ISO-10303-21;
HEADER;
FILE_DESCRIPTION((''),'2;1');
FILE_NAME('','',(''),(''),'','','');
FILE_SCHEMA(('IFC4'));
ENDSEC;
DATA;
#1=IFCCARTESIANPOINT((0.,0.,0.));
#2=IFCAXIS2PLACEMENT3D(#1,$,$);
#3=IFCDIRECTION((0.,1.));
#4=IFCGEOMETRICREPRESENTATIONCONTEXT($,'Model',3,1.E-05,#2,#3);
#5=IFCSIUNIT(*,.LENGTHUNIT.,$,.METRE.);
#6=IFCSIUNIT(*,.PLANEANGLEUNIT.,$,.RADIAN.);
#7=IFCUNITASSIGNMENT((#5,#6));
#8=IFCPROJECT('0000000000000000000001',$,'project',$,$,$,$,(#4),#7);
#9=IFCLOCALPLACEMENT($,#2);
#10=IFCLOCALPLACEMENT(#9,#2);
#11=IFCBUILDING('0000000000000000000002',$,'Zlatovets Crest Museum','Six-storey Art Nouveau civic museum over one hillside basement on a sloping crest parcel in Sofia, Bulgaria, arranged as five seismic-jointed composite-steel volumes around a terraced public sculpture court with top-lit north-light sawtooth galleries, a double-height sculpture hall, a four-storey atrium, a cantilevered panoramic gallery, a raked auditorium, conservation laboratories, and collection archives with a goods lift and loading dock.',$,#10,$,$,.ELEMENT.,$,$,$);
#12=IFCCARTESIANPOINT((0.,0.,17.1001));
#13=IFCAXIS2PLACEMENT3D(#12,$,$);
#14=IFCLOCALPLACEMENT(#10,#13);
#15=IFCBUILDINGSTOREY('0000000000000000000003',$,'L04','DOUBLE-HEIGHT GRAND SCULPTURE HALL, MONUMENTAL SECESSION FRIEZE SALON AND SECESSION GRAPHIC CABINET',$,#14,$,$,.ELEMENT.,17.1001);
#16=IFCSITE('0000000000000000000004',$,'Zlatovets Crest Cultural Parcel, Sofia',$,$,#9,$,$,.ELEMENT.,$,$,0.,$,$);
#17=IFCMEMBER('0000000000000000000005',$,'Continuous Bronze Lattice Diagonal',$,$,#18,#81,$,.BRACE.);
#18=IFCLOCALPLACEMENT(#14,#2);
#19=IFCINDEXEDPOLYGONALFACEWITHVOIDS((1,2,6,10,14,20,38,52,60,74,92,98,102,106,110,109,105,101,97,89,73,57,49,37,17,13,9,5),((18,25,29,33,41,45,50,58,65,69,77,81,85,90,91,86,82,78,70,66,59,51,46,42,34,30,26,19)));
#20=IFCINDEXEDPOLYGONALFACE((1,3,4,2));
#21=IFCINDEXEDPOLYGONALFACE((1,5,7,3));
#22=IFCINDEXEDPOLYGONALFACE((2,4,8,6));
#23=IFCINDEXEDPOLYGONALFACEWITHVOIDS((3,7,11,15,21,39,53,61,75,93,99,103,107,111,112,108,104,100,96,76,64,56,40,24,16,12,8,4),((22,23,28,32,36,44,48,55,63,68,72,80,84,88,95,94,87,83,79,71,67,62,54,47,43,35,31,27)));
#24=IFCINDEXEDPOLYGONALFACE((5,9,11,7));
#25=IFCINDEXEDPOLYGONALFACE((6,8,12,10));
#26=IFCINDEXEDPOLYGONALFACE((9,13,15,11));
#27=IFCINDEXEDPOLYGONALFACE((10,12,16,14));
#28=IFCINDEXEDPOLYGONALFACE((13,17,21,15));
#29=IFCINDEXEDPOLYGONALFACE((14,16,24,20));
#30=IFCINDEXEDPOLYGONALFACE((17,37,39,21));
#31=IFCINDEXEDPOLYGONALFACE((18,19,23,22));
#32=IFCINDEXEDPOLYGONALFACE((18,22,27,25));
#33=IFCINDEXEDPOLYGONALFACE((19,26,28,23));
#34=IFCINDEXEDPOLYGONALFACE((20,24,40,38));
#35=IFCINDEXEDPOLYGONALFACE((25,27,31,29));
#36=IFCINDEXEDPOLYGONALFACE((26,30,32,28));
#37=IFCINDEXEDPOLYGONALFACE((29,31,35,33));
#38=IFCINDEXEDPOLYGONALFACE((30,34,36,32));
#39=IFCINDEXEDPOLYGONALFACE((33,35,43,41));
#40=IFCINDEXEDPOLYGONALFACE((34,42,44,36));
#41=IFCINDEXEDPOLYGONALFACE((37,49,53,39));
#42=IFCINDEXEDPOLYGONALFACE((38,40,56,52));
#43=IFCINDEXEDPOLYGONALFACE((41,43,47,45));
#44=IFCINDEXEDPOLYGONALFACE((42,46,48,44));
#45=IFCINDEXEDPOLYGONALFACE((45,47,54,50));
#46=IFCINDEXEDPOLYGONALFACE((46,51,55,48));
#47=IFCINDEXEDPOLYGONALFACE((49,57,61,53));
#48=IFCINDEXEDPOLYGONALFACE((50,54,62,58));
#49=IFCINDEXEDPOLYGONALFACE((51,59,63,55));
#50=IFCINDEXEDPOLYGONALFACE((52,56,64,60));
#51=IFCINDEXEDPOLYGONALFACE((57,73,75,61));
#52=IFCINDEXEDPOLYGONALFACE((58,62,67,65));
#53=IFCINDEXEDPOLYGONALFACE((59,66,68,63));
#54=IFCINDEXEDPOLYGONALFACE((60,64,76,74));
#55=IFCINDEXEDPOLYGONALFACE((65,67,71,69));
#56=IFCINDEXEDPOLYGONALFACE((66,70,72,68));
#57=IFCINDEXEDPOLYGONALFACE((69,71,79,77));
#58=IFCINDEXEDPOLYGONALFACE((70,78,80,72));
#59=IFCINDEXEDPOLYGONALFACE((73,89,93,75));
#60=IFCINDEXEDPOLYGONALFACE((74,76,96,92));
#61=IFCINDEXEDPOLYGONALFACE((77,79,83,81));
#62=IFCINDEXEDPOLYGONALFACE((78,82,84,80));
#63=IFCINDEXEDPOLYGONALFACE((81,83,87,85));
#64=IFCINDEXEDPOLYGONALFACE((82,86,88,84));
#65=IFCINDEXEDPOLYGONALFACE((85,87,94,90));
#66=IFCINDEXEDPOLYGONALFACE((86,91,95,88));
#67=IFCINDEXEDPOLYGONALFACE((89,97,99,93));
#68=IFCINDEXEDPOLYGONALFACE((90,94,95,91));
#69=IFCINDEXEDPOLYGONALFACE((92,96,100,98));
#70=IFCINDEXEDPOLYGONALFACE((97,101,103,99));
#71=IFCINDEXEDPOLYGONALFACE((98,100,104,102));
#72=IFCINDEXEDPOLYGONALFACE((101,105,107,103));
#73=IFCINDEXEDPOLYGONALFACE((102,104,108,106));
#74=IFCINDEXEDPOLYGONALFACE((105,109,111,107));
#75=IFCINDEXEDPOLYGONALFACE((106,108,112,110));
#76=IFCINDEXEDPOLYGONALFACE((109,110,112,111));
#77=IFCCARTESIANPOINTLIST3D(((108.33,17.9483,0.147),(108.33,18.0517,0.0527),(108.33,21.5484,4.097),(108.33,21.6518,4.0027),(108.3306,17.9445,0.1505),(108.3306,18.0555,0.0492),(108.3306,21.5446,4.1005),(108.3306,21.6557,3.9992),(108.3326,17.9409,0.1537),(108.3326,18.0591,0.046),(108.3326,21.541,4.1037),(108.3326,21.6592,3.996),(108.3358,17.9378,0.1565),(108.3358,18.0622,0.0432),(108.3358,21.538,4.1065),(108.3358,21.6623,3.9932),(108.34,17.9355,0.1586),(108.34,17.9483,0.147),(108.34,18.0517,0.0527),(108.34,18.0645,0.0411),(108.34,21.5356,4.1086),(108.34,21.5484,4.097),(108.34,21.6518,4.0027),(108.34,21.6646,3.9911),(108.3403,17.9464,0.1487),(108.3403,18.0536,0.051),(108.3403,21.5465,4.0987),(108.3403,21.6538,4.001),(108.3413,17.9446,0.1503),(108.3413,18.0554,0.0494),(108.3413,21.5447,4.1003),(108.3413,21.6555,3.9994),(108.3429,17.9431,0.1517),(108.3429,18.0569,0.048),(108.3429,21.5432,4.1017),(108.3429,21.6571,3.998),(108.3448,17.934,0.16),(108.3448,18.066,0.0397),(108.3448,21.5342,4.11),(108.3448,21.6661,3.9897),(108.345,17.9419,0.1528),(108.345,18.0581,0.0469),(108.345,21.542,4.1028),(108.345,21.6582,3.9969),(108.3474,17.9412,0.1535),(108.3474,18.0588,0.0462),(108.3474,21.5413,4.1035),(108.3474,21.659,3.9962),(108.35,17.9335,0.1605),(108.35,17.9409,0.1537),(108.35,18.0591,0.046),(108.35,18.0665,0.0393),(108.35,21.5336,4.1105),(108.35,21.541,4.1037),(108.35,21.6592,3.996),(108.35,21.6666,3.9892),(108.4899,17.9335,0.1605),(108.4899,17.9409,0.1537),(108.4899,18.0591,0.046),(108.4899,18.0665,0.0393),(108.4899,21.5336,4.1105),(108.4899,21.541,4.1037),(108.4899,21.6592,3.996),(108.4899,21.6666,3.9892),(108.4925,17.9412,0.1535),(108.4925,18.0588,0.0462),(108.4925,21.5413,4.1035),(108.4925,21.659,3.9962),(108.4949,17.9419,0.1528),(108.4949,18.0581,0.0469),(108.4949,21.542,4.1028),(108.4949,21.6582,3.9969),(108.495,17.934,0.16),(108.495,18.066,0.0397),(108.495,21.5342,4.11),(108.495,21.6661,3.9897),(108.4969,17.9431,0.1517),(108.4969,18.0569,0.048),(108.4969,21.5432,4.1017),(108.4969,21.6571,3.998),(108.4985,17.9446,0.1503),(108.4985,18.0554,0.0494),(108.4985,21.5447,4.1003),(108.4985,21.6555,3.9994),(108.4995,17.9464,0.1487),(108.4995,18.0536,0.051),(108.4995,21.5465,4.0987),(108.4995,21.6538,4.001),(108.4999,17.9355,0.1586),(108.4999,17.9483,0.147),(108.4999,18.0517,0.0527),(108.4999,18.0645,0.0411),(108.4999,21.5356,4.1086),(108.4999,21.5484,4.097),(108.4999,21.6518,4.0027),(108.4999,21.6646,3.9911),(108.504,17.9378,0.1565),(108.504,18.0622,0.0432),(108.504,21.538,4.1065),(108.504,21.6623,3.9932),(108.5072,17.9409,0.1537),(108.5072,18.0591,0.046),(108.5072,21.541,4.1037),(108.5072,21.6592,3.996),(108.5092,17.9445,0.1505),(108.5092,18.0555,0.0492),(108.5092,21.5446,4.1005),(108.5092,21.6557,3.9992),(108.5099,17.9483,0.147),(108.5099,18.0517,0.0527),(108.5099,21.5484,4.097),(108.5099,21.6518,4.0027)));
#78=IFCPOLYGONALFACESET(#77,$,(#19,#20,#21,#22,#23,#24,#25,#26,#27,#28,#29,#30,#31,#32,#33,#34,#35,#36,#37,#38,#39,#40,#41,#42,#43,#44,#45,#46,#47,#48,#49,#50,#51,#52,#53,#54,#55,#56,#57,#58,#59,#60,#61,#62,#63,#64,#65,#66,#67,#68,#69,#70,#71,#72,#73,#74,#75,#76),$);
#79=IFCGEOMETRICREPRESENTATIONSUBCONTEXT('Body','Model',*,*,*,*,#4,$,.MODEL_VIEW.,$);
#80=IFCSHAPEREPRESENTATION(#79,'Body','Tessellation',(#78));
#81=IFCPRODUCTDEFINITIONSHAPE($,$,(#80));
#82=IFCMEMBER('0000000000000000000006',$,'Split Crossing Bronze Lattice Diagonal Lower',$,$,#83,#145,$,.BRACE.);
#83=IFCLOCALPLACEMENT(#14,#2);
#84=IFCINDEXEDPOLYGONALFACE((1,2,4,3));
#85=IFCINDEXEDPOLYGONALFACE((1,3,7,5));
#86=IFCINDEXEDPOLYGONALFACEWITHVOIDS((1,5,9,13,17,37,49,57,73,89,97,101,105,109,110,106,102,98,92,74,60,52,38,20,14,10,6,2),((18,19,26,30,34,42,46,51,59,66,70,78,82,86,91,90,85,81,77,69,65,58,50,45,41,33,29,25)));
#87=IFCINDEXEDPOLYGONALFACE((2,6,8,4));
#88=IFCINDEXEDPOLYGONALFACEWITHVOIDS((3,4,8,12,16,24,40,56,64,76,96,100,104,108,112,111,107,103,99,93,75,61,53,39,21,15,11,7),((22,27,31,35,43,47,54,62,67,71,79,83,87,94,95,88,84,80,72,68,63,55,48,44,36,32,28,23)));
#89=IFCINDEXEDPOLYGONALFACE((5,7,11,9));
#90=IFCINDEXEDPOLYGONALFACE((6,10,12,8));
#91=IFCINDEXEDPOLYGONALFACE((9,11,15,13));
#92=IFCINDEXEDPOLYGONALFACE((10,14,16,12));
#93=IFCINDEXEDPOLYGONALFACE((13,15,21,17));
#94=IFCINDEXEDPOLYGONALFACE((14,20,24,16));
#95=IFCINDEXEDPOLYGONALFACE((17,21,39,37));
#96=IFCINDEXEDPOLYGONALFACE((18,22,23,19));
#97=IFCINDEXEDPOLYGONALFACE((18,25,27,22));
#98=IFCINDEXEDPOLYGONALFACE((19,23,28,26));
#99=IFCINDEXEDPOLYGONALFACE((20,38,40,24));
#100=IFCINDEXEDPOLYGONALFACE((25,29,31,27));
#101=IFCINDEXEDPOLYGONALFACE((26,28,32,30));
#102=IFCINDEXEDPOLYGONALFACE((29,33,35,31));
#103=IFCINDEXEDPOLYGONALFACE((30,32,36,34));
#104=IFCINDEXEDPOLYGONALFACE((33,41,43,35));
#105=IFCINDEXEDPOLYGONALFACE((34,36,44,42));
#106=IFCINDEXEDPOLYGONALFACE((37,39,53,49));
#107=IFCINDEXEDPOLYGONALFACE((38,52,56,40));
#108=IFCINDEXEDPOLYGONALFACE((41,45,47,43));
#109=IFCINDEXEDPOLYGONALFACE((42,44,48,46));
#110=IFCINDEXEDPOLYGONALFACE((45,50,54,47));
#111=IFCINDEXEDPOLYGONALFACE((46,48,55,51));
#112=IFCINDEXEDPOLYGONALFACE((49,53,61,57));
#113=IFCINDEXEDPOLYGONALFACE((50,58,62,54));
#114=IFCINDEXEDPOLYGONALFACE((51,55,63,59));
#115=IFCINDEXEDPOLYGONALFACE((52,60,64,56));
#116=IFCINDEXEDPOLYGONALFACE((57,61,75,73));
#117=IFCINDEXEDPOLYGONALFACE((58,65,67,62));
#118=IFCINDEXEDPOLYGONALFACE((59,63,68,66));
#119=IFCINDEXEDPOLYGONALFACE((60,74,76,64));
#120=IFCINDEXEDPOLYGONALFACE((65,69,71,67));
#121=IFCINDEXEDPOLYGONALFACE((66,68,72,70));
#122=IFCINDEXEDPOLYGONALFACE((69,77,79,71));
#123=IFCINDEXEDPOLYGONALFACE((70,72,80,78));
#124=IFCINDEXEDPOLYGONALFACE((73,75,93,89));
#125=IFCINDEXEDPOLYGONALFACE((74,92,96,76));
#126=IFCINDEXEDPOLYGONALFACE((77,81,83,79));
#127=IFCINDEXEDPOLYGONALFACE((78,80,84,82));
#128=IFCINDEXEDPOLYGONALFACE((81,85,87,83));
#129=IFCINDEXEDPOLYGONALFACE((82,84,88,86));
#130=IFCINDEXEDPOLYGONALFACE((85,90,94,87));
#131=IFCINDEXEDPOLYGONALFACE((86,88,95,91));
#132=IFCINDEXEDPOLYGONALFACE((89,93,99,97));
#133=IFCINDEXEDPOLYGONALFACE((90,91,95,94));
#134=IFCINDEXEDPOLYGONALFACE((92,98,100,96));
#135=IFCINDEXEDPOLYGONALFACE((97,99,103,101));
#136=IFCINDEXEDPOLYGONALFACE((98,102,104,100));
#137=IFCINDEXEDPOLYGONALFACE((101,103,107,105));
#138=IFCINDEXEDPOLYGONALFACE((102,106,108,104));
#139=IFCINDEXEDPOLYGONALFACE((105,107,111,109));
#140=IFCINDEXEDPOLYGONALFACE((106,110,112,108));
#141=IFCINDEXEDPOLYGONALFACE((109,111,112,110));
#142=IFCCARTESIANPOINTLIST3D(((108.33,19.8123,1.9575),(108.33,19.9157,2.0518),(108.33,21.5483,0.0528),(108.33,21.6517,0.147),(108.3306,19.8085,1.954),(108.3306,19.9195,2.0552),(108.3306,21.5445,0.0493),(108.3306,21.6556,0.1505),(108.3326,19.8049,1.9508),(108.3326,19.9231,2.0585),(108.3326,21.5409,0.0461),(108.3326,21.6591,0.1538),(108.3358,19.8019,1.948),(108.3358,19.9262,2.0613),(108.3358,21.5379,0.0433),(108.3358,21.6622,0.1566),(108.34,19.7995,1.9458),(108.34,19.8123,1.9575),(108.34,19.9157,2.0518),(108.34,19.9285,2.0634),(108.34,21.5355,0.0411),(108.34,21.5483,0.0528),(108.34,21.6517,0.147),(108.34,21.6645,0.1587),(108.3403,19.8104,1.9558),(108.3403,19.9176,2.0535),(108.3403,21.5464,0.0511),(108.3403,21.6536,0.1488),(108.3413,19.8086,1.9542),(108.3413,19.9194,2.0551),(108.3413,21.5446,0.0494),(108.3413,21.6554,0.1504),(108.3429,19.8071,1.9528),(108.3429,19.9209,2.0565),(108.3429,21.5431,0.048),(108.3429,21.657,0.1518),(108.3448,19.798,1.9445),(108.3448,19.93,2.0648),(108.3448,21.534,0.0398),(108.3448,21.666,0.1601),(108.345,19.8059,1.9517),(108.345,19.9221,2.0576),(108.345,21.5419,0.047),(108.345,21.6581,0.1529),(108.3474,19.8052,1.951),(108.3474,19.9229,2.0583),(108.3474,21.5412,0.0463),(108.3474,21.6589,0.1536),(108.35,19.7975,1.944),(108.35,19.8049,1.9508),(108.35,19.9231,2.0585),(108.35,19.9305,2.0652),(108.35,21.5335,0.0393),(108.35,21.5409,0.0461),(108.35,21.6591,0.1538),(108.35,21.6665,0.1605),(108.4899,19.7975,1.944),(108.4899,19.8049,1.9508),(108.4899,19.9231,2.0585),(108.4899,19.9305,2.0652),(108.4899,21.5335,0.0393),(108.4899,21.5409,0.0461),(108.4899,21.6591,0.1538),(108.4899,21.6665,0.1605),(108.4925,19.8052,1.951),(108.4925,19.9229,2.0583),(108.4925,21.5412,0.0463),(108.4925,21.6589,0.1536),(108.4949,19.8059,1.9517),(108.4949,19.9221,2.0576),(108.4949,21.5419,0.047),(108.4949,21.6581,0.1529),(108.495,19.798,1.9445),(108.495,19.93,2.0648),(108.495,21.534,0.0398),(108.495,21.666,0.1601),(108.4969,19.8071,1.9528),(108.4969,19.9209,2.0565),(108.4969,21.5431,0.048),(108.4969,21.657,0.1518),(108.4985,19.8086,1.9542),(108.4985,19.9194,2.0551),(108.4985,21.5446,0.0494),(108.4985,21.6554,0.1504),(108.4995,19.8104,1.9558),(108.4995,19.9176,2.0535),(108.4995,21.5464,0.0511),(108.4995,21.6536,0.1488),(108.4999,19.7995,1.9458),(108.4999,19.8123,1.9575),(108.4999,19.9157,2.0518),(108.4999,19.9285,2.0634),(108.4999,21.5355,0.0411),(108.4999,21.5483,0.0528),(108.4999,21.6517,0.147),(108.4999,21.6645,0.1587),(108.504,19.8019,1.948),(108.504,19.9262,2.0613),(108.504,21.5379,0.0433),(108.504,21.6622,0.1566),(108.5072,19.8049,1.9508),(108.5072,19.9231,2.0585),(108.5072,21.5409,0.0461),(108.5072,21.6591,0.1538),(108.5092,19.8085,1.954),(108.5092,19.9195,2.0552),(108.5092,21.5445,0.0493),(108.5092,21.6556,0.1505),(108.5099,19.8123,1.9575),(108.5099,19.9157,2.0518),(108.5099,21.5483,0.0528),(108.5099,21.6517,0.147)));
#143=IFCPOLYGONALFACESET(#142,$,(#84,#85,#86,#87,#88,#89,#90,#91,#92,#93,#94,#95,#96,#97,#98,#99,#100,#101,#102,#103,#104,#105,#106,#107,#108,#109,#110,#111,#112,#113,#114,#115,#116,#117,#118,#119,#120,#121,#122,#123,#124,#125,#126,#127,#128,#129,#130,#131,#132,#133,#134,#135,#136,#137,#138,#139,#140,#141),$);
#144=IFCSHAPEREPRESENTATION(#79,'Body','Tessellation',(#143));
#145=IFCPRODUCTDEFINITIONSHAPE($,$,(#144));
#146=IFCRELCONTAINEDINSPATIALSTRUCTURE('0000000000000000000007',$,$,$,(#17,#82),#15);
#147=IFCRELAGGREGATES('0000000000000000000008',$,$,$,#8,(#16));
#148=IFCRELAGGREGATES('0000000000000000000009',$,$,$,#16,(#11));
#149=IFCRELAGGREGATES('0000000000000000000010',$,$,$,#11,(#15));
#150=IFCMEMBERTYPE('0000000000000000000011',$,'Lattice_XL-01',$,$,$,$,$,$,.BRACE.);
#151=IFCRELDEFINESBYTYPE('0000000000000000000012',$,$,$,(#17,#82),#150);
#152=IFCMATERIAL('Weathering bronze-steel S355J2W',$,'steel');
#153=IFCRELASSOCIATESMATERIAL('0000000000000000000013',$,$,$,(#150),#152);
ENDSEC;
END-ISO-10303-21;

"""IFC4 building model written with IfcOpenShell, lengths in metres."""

from ifc_helpers import new_model, si_unit, direction, frame, origin, origin_2d, place, context, subcontext, project, spatial, hollow_rectangle, extrude, material, material_profile, profile_set, type_object, element, save


model = new_model("IFC4")

# Units and contexts
model_context = context("Model", 3, precision=1e-05, world=origin(), true_north=direction((0.0, 1.0)))
body_context = subcontext(model_context, "Body", "Model", "MODEL_VIEW")
ifc_project = project(units=[si_unit("LENGTHUNIT", "METRE"), si_unit("PLANEANGLEUNIT", "RADIAN")], contexts=[model_context])

# Site, building, storey
site_placement = place(None, origin())
site = spatial("IfcSite", under=ifc_project, at=site_placement, Name="Zlatovets Crest Cultural Parcel, Sofia", CompositionType="ELEMENT", RefElevation=0.0)
building_placement = place(site_placement, origin())
building = spatial("IfcBuilding", under=site, at=building_placement, Name="Zlatovets Crest Museum", Description="Six-storey Art Nouveau civic museum over one hillside basement on a sloping crest parcel in Sofia, Bulgaria, arranged as five seismic-jointed composite-steel volumes around a terraced public sculpture court with top-lit north-light sawtooth galleries, a double-height sculpture hall, a four-storey atrium, a cantilevered panoramic gallery, a raked auditorium, conservation laboratories, and collection archives with a goods lift and loading dock.", CompositionType="ELEMENT")
storey_placement = place(building_placement, frame((0.0, 0.0, 17.1001)))
storey = spatial("IfcBuildingStorey", under=building, at=storey_placement, Name="L04", Description="DOUBLE-HEIGHT GRAND SCULPTURE HALL, MONUMENTAL SECESSION FRIEZE SALON AND SECESSION GRAPHIC CABINET", CompositionType="ELEMENT", Elevation=17.1001)

# Members
ifc_material_1 = material(Name="Weathering bronze-steel S355J2W", Category="steel")
ifc_material_profile_1 = material_profile(ifc_material_1, hollow_rectangle(XDim=0.1799, YDim=0.1799, WallThickness=0.01, InnerFilletRadius=0.01, OuterFilletRadius=0.02, at=origin_2d()), Name="SHS 180x180x10.0")
ifc_profile_set_1 = profile_set([ifc_material_profile_1], Name="Weathering bronze-steel S355J2W")
member_type_1 = type_object("IfcMemberType", Name="Lattice_XL-01", PredefinedType="BRACE", material=ifc_profile_set_1)
member_1_placement = place(storey_placement, frame((108.4199, 18.0, 0.0999), z_axis=(0.0, 0.673618, 0.73908), x_axis=(-1.0, 0.0, 0.0)))
element("IfcMember", 1, at=member_1_placement, inside=storey, type_object=member_type_1, Name="Continuous Bronze Lattice Diagonal", PredefinedType="BRACE", context=body_context, shape_type="SweptSolid", body=[
    extrude(hollow_rectangle(XDim=0.1799, YDim=0.1799, WallThickness=0.01, InnerFilletRadius=0.01, OuterFilletRadius=0.02, at=origin_2d()), origin(), (0.0, 0.0, 1.0), 5.3445),
])
member_2_placement = place(storey_placement, frame((108.4199, 19.864, 2.0046), z_axis=(0.0, 0.67362, -0.739078), x_axis=(-1.0, 0.0, 0.0)))
element("IfcMember", 2, at=member_2_placement, inside=storey, type_object=member_type_1, Name="Split Crossing Bronze Lattice Diagonal Lower", PredefinedType="BRACE", context=body_context, shape_type="SweptSolid", body=[
    extrude(hollow_rectangle(XDim=0.1799, YDim=0.1799, WallThickness=0.01, InnerFilletRadius=0.01, OuterFilletRadius=0.02, at=origin_2d()), origin(), (0.0, 0.0, 1.0), 2.5771),
])

save(model, "model.ifc")
